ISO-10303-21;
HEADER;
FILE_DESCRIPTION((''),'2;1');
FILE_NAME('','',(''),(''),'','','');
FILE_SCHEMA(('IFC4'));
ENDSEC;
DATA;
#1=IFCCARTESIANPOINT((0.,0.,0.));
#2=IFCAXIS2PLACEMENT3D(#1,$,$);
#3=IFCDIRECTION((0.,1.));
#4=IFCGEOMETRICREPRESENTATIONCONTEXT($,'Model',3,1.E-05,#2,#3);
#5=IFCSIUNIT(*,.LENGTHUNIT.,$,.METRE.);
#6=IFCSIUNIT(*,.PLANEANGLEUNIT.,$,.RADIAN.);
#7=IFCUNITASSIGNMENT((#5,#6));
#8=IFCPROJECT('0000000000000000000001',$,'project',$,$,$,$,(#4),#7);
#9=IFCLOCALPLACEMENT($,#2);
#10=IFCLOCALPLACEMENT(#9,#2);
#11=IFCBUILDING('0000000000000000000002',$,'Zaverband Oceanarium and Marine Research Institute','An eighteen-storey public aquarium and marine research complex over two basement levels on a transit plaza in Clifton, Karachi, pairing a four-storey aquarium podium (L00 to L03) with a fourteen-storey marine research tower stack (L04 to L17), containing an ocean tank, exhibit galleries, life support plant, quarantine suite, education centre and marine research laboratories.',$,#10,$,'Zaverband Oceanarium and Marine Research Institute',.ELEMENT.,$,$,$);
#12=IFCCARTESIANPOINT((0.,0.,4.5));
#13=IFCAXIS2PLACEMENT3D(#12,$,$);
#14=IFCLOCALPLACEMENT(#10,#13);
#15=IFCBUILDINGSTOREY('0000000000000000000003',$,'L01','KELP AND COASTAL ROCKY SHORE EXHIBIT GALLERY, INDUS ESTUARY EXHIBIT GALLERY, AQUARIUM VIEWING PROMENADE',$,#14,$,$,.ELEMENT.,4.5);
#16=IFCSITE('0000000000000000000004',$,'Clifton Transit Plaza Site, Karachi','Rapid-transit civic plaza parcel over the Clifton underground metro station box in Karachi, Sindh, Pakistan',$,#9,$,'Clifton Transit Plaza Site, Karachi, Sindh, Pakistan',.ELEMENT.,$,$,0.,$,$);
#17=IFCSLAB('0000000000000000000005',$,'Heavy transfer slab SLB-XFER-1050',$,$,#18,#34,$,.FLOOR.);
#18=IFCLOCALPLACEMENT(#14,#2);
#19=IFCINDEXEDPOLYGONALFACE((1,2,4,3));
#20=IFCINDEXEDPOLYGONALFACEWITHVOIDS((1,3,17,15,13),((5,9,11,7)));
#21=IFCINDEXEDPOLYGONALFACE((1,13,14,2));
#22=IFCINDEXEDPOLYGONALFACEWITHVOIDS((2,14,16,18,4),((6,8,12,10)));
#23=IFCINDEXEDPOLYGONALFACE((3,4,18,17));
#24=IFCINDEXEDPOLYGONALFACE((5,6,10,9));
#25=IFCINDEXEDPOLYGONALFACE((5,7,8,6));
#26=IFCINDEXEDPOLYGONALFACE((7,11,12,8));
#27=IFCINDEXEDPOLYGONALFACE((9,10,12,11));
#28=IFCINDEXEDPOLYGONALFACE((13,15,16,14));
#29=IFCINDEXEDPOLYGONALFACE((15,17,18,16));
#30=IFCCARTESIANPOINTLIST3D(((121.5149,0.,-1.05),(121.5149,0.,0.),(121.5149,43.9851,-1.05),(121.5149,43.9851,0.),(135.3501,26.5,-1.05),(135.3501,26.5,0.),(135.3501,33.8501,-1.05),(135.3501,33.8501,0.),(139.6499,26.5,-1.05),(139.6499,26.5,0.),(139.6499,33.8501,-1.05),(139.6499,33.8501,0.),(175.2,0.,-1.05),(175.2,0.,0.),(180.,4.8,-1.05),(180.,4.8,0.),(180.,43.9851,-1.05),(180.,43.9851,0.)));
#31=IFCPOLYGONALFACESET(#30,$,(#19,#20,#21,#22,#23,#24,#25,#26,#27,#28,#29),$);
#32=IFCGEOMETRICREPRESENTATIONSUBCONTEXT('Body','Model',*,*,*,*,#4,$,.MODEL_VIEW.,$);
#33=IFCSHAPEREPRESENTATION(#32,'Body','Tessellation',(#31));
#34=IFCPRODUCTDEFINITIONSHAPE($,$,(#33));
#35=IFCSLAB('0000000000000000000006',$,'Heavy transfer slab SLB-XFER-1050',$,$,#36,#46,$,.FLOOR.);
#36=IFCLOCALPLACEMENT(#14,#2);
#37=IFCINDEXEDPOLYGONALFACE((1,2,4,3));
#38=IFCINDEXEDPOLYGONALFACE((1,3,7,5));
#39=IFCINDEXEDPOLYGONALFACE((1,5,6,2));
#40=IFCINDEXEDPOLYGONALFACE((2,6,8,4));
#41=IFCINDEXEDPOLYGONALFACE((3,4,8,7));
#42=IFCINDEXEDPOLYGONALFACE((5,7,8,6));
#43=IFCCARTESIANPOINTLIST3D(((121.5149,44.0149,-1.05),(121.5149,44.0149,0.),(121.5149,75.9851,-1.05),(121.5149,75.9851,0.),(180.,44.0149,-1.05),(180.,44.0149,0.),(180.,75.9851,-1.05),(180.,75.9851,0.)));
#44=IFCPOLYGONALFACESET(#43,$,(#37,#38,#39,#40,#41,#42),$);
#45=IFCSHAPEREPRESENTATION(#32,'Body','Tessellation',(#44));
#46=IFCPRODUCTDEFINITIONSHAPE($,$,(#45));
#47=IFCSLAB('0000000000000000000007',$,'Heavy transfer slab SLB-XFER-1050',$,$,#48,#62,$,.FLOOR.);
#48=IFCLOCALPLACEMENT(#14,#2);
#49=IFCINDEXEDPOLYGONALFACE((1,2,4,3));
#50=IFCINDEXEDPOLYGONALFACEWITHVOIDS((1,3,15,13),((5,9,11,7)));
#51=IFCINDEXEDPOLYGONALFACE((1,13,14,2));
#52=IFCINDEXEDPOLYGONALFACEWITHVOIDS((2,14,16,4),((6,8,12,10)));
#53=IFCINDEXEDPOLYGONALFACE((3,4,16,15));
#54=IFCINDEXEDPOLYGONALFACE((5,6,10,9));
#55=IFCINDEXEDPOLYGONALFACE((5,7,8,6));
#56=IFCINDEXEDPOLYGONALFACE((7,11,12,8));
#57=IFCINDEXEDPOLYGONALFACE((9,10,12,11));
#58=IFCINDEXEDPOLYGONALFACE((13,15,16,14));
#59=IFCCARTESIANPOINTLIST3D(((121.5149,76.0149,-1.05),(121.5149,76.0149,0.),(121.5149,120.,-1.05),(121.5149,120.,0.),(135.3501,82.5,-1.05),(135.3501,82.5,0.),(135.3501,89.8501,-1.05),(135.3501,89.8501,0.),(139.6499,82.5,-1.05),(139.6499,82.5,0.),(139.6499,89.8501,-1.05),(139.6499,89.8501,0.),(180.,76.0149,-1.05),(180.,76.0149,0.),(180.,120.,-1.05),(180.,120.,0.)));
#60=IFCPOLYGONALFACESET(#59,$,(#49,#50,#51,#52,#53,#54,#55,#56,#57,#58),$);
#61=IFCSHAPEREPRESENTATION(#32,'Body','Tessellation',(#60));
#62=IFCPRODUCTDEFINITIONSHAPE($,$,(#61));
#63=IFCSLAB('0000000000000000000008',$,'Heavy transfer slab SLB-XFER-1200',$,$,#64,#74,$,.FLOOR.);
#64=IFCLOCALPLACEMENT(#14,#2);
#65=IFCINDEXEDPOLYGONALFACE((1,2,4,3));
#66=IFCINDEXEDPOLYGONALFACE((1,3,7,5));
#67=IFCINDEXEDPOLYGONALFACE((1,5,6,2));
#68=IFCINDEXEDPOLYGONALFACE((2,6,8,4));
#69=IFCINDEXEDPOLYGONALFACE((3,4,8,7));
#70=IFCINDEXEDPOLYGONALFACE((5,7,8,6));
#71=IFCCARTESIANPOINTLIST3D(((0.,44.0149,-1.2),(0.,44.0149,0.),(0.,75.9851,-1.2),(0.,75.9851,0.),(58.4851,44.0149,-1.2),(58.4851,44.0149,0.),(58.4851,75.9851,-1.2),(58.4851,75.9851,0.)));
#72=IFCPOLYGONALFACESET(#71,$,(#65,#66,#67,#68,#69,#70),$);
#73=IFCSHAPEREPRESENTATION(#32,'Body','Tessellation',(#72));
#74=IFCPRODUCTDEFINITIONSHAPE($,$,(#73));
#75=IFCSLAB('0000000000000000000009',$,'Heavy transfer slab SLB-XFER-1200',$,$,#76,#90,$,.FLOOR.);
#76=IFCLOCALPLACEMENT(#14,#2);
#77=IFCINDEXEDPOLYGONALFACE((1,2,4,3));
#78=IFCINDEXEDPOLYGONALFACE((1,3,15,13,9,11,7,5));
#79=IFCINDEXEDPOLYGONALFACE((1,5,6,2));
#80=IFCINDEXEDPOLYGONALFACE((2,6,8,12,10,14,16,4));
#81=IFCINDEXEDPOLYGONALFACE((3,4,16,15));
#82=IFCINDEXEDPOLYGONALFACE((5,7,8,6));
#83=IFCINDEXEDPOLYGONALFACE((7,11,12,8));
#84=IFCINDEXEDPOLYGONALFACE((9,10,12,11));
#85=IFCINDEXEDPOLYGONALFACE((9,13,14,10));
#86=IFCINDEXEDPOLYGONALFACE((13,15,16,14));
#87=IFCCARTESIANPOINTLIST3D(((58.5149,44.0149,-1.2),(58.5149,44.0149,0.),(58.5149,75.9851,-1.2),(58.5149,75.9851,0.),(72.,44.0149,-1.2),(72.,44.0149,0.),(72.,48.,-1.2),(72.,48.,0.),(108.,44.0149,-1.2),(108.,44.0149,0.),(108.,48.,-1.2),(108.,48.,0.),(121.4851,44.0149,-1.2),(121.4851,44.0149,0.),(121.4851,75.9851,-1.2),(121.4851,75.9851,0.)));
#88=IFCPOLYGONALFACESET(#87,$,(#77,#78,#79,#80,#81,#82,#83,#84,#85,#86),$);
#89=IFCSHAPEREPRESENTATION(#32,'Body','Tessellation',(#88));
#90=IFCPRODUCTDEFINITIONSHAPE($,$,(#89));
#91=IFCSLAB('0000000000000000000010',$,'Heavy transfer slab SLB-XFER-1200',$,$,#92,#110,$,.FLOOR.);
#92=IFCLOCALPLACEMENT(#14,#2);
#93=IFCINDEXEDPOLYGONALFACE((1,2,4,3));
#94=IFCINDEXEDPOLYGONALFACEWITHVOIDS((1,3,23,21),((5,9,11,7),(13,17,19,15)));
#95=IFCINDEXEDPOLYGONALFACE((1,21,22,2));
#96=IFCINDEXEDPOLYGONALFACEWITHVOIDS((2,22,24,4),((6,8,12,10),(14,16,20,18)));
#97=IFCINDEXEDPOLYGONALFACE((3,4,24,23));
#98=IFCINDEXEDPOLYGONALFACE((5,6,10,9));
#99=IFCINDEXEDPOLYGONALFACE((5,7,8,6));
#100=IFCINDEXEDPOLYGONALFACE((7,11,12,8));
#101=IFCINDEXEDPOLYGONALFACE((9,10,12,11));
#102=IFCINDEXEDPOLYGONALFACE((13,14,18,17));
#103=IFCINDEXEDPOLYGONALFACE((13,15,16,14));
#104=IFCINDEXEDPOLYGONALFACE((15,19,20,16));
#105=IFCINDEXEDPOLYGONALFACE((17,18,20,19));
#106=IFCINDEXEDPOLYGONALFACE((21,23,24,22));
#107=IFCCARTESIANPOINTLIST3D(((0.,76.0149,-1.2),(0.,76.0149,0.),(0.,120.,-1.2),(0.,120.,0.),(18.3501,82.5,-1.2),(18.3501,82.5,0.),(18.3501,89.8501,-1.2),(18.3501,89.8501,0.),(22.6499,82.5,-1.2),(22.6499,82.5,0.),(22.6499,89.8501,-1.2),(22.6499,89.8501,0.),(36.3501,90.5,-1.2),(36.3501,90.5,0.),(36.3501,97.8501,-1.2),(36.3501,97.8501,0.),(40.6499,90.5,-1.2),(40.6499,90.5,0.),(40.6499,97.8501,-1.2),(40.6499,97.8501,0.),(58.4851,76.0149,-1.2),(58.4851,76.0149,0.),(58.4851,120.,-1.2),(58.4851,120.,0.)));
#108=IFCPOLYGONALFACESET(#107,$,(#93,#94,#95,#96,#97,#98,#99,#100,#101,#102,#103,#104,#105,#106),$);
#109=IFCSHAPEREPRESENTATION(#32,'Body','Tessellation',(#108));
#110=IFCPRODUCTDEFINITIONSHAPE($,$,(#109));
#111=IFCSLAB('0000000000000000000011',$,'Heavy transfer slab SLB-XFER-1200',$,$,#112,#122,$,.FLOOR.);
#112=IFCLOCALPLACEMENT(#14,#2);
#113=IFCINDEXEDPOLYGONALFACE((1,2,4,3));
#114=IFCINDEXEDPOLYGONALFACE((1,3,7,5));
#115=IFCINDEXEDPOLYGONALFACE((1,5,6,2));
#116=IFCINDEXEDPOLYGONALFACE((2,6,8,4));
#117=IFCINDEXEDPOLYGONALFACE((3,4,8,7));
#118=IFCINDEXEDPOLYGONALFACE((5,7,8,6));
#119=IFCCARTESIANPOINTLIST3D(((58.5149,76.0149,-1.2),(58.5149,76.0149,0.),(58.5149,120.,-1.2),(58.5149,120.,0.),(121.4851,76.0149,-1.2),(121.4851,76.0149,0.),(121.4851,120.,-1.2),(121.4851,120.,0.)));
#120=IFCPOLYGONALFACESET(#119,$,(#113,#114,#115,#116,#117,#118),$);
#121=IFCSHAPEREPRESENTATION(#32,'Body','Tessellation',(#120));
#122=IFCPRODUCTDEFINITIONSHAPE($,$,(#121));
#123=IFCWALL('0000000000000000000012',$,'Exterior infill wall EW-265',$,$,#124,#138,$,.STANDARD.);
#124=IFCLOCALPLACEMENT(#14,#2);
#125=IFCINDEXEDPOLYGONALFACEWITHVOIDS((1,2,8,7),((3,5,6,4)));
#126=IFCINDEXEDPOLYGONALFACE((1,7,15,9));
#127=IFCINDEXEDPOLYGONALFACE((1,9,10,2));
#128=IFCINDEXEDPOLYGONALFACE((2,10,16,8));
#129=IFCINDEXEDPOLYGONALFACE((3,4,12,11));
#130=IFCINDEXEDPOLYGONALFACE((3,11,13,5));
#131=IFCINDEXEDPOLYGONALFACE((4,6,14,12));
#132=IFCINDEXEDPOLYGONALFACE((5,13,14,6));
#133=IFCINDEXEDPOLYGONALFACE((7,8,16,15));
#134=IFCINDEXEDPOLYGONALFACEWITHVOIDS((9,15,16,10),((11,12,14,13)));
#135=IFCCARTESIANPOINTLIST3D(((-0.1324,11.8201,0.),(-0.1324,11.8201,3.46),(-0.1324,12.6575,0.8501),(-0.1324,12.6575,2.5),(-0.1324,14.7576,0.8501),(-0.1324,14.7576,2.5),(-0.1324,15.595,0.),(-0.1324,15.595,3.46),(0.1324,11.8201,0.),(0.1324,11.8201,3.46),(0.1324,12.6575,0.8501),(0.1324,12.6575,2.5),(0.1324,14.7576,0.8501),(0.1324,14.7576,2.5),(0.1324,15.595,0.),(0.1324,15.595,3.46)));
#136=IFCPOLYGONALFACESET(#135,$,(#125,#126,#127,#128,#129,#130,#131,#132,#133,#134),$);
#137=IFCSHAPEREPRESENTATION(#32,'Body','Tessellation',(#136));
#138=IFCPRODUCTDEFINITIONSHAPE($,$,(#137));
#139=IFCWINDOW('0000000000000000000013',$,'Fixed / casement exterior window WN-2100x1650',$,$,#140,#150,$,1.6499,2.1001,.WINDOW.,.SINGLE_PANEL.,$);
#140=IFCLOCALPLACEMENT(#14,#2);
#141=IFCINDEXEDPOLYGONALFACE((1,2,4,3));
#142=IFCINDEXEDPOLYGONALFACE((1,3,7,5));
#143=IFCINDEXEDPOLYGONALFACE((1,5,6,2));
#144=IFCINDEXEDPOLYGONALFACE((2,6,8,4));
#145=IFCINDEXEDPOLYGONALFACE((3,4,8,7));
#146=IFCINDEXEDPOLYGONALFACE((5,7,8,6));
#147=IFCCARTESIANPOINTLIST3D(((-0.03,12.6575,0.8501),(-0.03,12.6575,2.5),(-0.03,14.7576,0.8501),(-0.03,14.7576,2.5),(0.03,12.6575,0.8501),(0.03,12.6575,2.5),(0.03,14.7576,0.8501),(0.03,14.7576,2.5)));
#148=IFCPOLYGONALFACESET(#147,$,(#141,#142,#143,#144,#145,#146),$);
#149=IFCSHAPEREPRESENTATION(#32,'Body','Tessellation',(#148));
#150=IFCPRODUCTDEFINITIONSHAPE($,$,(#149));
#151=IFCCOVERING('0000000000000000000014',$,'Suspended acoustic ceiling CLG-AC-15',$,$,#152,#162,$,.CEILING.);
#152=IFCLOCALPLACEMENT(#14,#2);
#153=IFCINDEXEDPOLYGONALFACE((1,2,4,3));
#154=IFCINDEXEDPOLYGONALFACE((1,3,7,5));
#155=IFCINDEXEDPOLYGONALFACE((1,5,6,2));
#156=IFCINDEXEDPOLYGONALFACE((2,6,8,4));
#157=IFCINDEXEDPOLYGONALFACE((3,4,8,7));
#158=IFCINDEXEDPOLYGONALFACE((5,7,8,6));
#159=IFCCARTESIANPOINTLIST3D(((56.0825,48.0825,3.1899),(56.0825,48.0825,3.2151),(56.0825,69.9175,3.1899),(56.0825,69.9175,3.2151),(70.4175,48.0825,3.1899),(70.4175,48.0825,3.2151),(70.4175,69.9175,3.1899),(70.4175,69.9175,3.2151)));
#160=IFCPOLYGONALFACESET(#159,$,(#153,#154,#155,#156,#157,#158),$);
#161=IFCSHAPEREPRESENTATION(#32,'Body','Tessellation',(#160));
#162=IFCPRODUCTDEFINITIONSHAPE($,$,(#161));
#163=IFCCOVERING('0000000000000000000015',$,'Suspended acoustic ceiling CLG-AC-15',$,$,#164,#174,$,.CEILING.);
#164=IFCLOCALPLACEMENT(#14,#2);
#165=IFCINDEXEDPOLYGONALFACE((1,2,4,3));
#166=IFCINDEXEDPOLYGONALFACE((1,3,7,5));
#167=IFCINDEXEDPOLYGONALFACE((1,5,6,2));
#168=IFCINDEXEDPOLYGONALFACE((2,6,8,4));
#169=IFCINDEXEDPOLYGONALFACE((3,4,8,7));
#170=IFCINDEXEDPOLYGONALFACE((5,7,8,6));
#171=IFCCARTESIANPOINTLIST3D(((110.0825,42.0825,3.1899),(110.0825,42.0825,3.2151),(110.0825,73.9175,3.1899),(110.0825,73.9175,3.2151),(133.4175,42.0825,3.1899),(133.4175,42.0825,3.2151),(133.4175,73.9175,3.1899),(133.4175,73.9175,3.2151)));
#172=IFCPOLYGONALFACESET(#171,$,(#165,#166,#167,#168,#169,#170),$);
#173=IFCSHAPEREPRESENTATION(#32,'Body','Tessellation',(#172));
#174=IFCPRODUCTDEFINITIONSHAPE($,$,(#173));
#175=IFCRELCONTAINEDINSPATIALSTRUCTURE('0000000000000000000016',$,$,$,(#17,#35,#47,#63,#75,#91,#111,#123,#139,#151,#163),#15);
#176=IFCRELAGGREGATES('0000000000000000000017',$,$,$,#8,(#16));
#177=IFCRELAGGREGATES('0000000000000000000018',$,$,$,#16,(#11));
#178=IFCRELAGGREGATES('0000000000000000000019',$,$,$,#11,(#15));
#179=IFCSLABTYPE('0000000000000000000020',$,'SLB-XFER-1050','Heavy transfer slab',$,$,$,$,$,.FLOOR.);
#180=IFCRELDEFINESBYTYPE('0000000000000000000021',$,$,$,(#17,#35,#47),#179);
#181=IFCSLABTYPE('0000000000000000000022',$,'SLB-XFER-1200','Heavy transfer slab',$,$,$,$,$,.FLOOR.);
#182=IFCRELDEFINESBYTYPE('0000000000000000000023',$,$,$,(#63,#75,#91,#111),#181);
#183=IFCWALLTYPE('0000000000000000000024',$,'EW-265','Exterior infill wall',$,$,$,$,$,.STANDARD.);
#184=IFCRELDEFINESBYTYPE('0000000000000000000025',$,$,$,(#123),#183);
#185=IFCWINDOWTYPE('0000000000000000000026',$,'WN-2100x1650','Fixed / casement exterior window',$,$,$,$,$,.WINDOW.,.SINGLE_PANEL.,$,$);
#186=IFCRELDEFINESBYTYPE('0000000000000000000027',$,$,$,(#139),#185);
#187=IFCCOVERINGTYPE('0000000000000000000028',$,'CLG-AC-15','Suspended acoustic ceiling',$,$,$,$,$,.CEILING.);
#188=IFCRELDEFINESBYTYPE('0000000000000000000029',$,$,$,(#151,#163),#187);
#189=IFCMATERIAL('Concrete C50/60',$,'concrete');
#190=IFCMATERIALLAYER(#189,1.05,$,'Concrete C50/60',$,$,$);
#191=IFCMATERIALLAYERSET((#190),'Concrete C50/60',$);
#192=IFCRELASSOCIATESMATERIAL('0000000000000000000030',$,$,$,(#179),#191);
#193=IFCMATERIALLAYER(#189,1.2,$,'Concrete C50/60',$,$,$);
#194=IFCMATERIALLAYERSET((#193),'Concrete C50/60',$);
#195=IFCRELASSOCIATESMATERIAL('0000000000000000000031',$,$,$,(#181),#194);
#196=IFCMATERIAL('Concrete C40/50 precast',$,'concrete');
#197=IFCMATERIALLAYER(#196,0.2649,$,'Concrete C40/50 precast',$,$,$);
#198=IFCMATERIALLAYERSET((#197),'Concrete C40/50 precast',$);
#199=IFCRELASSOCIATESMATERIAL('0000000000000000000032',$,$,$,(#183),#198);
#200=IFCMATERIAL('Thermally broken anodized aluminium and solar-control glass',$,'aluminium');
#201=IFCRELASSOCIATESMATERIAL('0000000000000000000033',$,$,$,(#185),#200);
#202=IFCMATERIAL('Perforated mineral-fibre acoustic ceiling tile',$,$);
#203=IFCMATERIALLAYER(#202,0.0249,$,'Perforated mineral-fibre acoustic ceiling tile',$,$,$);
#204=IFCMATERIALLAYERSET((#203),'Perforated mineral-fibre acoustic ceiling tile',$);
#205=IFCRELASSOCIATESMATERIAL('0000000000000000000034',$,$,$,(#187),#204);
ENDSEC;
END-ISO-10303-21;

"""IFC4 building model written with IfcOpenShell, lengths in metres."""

from ifc_helpers import new_model, si_unit, direction, frame, frame_2d, origin, place, context, subcontext, project, spatial, polyline, rectangle, outline, extrude, material, layer, layer_set, type_object, element, fill, save


model = new_model("IFC4")

# Units and contexts
model_context = context("Model", 3, precision=1e-05, world=origin(), true_north=direction((0.0, 1.0)))
body_context = subcontext(model_context, "Body", "Model", "MODEL_VIEW")
ifc_project = project(units=[si_unit("LENGTHUNIT", "METRE"), si_unit("PLANEANGLEUNIT", "RADIAN")], contexts=[model_context])

# Site, building, storey
site_placement = place(None, origin())
site = spatial("IfcSite", under=ifc_project, at=site_placement, Name="Clifton Transit Plaza Site, Karachi", Description="Rapid-transit civic plaza parcel over the Clifton underground metro station box in Karachi, Sindh, Pakistan", LongName="Clifton Transit Plaza Site, Karachi, Sindh, Pakistan", CompositionType="ELEMENT", RefElevation=0.0)
building_placement = place(site_placement, origin())
building = spatial("IfcBuilding", under=site, at=building_placement, Name="Zaverband Oceanarium and Marine Research Institute", Description="An eighteen-storey public aquarium and marine research complex over two basement levels on a transit plaza in Clifton, Karachi, pairing a four-storey aquarium podium (L00 to L03) with a fourteen-storey marine research tower stack (L04 to L17), containing an ocean tank, exhibit galleries, life support plant, quarantine suite, education centre and marine research laboratories.", LongName="Zaverband Oceanarium and Marine Research Institute", CompositionType="ELEMENT")
storey_placement = place(building_placement, frame((0.0, 0.0, 4.5)))
storey = spatial("IfcBuildingStorey", under=building, at=storey_placement, Name="L01", Description="KELP AND COASTAL ROCKY SHORE EXHIBIT GALLERY, INDUS ESTUARY EXHIBIT GALLERY, AQUARIUM VIEWING PROMENADE", CompositionType="ELEMENT", Elevation=4.5)

# Shared definitions
ifc_material_1 = material(Name="Concrete C50/60", Category="concrete")

# Slabs
ifc_layer_1 = layer(ifc_material_1, 1.05, Name="Concrete C50/60")
ifc_layer_set_1 = layer_set([ifc_layer_1], Name="Concrete C50/60")
slab_type_1 = type_object("IfcSlabType", Name="SLB-XFER-1050", Description="Heavy transfer slab", PredefinedType="FLOOR", material=ifc_layer_set_1)
slab_1_placement = place(storey_placement, frame((0.0, 0.0, -1.05)))
element("IfcSlab", 1, at=slab_1_placement, inside=storey, type_object=slab_type_1, Name="Heavy transfer slab SLB-XFER-1050", PredefinedType="FLOOR", context=body_context, shape_type="SweptSolid", body=[
    extrude(outline(polyline([(121.5149, 43.9851), (180.0, 43.9851), (180.0, 4.8), (175.2, 0.0), (121.5149, 0.0), (121.5149, 43.9851)]), holes=[polyline([(139.6499, 33.8501), (135.3501, 33.8501), (135.3501, 26.5), (139.6499, 26.5), (139.6499, 33.8501)])]), origin(), (0.0, 0.0, 1.0), 1.05),
])
slab_2_placement = place(storey_placement, frame((0.0, 0.0, -1.05)))
element("IfcSlab", 2, at=slab_2_placement, inside=storey, type_object=slab_type_1, Name="Heavy transfer slab SLB-XFER-1050", PredefinedType="FLOOR", context=body_context, shape_type="SweptSolid", body=[
    extrude(outline(polyline([(121.5149, 75.9851), (180.0, 75.9851), (180.0, 44.0149), (121.5149, 44.0149), (121.5149, 75.9851)])), origin(), (0.0, 0.0, 1.0), 1.05),
])
slab_3_placement = place(storey_placement, frame((0.0, 0.0, -1.05)))
element("IfcSlab", 3, at=slab_3_placement, inside=storey, type_object=slab_type_1, Name="Heavy transfer slab SLB-XFER-1050", PredefinedType="FLOOR", context=body_context, shape_type="SweptSolid", body=[
    extrude(outline(polyline([(121.5149, 120.0), (180.0, 120.0), (180.0, 76.0149), (121.5149, 76.0149), (121.5149, 120.0)]), holes=[polyline([(139.6499, 89.8501), (135.3501, 89.8501), (135.3501, 82.5), (139.6499, 82.5), (139.6499, 89.8501)])]), origin(), (0.0, 0.0, 1.0), 1.05),
])
ifc_layer_2 = layer(ifc_material_1, 1.2, Name="Concrete C50/60")
ifc_layer_set_2 = layer_set([ifc_layer_2], Name="Concrete C50/60")
slab_type_2 = type_object("IfcSlabType", Name="SLB-XFER-1200", Description="Heavy transfer slab", PredefinedType="FLOOR", material=ifc_layer_set_2)
slab_4_placement = place(storey_placement, frame((0.0, 0.0, -1.2)))
element("IfcSlab", 4, at=slab_4_placement, inside=storey, type_object=slab_type_2, Name="Heavy transfer slab SLB-XFER-1200", PredefinedType="FLOOR", context=body_context, shape_type="SweptSolid", body=[
    extrude(outline(polyline([(0.0, 75.9851), (58.4851, 75.9851), (58.4851, 44.0149), (0.0, 44.0149), (0.0, 75.9851)])), origin(), (0.0, 0.0, 1.0), 1.2),
])
slab_5_placement = place(storey_placement, frame((0.0, 0.0, -1.2)))
element("IfcSlab", 5, at=slab_5_placement, inside=storey, type_object=slab_type_2, Name="Heavy transfer slab SLB-XFER-1200", PredefinedType="FLOOR", context=body_context, shape_type="SweptSolid", body=[
    extrude(outline(polyline([(58.5149, 44.0149), (58.5149, 75.9851), (121.4851, 75.9851), (121.4851, 44.0149), (108.0, 44.0149), (108.0, 48.0), (72.0, 48.0), (72.0, 44.0149), (58.5149, 44.0149)])), origin(), (0.0, 0.0, 1.0), 1.2),
])
slab_6_placement = place(storey_placement, frame((0.0, 0.0, -1.2)))
element("IfcSlab", 6, at=slab_6_placement, inside=storey, type_object=slab_type_2, Name="Heavy transfer slab SLB-XFER-1200", PredefinedType="FLOOR", context=body_context, shape_type="SweptSolid", body=[
    extrude(outline(polyline([(0.0, 120.0), (58.4851, 120.0), (58.4851, 76.0149), (0.0, 76.0149), (0.0, 120.0)]), holes=[polyline([(22.6499, 89.8501), (18.3501, 89.8501), (18.3501, 82.5), (22.6499, 82.5), (22.6499, 89.8501)]), polyline([(40.6499, 97.8501), (36.3501, 97.8501), (36.3501, 90.5), (40.6499, 90.5), (40.6499, 97.8501)])]), origin(), (0.0, 0.0, 1.0), 1.2),
])
slab_7_placement = place(storey_placement, frame((0.0, 0.0, -1.2)))
element("IfcSlab", 7, at=slab_7_placement, inside=storey, type_object=slab_type_2, Name="Heavy transfer slab SLB-XFER-1200", PredefinedType="FLOOR", context=body_context, shape_type="SweptSolid", body=[
    extrude(outline(polyline([(58.5149, 120.0), (121.4851, 120.0), (121.4851, 76.0149), (58.5149, 76.0149), (58.5149, 120.0)])), origin(), (0.0, 0.0, 1.0), 1.2),
])

# Wall, opening, window
ifc_material_2 = material(Name="Concrete C40/50 precast", Category="concrete")
ifc_layer_3 = layer(ifc_material_2, 0.2649, Name="Concrete C40/50 precast")
ifc_layer_set_3 = layer_set([ifc_layer_3], Name="Concrete C40/50 precast")
wall_type = type_object("IfcWallType", Name="EW-265", Description="Exterior infill wall", PredefinedType="STANDARD", material=ifc_layer_set_3)
wall_placement = place(storey_placement, frame((0.0, 11.8201, 0.0), z_axis=(0.0, 0.0, 1.0), x_axis=(0.0, 1.0, 0.0)))
wall = element("IfcWall", 8, at=wall_placement, inside=storey, type_object=wall_type, Name="Exterior infill wall EW-265", PredefinedType="STANDARD", context=body_context, shape_type="SweptSolid", body=[
    extrude(rectangle(XDim=3.7749, YDim=0.2649, at=frame_2d((1.8875, 0.0))), origin(), (0.0, 0.0, 1.0), 3.46),
])
opening_placement = place(wall_placement, frame((0.8374, 0.0, 0.8501)))
opening = element("IfcOpeningElement", 9, at=opening_placement, cuts=wall, PredefinedType="OPENING", context=body_context, shape_type="SweptSolid", body=[
    extrude(rectangle(XDim=2.1001, YDim=1.6499, at=frame_2d((1.05, 0.825))), frame((0.0, 0.1445, 0.0), z_axis=(0.0, -1.0, 0.0), x_axis=(1.0, 0.0, 0.0)), (0.0, 0.0, 1.0), 0.2888),
])
ifc_material_3 = material(Name="Thermally broken anodized aluminium and solar-control glass", Category="aluminium")
window_type = type_object("IfcWindowType", Name="WN-2100x1650", Description="Fixed / casement exterior window", PartitioningType="SINGLE_PANEL", PredefinedType="WINDOW", material=ifc_material_3)
window_placement = place(opening_placement, origin())
window = element("IfcWindow", 10, at=window_placement, inside=storey, type_object=window_type, Name="Fixed / casement exterior window WN-2100x1650", OverallHeight=1.6499, OverallWidth=2.1001, PartitioningType="SINGLE_PANEL", PredefinedType="WINDOW", context=body_context, shape_type="SweptSolid", body=[
    extrude(rectangle(XDim=2.1001, YDim=1.6499, at=frame_2d((1.05, 0.825))), frame((0.0, 0.03, 0.0), z_axis=(0.0, -1.0, 0.0), x_axis=(1.0, 0.0, 0.0)), (0.0, 0.0, 1.0), 0.0601),
])
fill(opening, window)

# Coverings
ifc_material_4 = material(Name="Perforated mineral-fibre acoustic ceiling tile")
ifc_layer_4 = layer(ifc_material_4, 0.0249, Name="Perforated mineral-fibre acoustic ceiling tile")
ifc_layer_set_4 = layer_set([ifc_layer_4], Name="Perforated mineral-fibre acoustic ceiling tile")
covering_type_1 = type_object("IfcCoveringType", Name="CLG-AC-15", Description="Suspended acoustic ceiling", PredefinedType="CEILING", material=ifc_layer_set_4)
covering_1_placement = place(storey_placement, frame((0.0, 0.0, 3.1899)))
element("IfcCovering", 11, at=covering_1_placement, inside=storey, type_object=covering_type_1, Name="Suspended acoustic ceiling CLG-AC-15", PredefinedType="CEILING", context=body_context, shape_type="SweptSolid", body=[
    extrude(outline(polyline([(56.0825, 48.0825), (70.4175, 48.0825), (70.4175, 69.9175), (56.0825, 69.9175), (56.0825, 48.0825)])), origin(), (0.0, 0.0, 1.0), 0.0251),
])
covering_2_placement = place(storey_placement, frame((0.0, 0.0, 3.1899)))
element("IfcCovering", 12, at=covering_2_placement, inside=storey, type_object=covering_type_1, Name="Suspended acoustic ceiling CLG-AC-15", PredefinedType="CEILING", context=body_context, shape_type="SweptSolid", body=[
    extrude(outline(polyline([(110.0825, 42.0825), (133.4175, 42.0825), (133.4175, 73.9175), (110.0825, 73.9175), (110.0825, 42.0825)])), origin(), (0.0, 0.0, 1.0), 0.0251),
])

save(model, "model.ifc")
